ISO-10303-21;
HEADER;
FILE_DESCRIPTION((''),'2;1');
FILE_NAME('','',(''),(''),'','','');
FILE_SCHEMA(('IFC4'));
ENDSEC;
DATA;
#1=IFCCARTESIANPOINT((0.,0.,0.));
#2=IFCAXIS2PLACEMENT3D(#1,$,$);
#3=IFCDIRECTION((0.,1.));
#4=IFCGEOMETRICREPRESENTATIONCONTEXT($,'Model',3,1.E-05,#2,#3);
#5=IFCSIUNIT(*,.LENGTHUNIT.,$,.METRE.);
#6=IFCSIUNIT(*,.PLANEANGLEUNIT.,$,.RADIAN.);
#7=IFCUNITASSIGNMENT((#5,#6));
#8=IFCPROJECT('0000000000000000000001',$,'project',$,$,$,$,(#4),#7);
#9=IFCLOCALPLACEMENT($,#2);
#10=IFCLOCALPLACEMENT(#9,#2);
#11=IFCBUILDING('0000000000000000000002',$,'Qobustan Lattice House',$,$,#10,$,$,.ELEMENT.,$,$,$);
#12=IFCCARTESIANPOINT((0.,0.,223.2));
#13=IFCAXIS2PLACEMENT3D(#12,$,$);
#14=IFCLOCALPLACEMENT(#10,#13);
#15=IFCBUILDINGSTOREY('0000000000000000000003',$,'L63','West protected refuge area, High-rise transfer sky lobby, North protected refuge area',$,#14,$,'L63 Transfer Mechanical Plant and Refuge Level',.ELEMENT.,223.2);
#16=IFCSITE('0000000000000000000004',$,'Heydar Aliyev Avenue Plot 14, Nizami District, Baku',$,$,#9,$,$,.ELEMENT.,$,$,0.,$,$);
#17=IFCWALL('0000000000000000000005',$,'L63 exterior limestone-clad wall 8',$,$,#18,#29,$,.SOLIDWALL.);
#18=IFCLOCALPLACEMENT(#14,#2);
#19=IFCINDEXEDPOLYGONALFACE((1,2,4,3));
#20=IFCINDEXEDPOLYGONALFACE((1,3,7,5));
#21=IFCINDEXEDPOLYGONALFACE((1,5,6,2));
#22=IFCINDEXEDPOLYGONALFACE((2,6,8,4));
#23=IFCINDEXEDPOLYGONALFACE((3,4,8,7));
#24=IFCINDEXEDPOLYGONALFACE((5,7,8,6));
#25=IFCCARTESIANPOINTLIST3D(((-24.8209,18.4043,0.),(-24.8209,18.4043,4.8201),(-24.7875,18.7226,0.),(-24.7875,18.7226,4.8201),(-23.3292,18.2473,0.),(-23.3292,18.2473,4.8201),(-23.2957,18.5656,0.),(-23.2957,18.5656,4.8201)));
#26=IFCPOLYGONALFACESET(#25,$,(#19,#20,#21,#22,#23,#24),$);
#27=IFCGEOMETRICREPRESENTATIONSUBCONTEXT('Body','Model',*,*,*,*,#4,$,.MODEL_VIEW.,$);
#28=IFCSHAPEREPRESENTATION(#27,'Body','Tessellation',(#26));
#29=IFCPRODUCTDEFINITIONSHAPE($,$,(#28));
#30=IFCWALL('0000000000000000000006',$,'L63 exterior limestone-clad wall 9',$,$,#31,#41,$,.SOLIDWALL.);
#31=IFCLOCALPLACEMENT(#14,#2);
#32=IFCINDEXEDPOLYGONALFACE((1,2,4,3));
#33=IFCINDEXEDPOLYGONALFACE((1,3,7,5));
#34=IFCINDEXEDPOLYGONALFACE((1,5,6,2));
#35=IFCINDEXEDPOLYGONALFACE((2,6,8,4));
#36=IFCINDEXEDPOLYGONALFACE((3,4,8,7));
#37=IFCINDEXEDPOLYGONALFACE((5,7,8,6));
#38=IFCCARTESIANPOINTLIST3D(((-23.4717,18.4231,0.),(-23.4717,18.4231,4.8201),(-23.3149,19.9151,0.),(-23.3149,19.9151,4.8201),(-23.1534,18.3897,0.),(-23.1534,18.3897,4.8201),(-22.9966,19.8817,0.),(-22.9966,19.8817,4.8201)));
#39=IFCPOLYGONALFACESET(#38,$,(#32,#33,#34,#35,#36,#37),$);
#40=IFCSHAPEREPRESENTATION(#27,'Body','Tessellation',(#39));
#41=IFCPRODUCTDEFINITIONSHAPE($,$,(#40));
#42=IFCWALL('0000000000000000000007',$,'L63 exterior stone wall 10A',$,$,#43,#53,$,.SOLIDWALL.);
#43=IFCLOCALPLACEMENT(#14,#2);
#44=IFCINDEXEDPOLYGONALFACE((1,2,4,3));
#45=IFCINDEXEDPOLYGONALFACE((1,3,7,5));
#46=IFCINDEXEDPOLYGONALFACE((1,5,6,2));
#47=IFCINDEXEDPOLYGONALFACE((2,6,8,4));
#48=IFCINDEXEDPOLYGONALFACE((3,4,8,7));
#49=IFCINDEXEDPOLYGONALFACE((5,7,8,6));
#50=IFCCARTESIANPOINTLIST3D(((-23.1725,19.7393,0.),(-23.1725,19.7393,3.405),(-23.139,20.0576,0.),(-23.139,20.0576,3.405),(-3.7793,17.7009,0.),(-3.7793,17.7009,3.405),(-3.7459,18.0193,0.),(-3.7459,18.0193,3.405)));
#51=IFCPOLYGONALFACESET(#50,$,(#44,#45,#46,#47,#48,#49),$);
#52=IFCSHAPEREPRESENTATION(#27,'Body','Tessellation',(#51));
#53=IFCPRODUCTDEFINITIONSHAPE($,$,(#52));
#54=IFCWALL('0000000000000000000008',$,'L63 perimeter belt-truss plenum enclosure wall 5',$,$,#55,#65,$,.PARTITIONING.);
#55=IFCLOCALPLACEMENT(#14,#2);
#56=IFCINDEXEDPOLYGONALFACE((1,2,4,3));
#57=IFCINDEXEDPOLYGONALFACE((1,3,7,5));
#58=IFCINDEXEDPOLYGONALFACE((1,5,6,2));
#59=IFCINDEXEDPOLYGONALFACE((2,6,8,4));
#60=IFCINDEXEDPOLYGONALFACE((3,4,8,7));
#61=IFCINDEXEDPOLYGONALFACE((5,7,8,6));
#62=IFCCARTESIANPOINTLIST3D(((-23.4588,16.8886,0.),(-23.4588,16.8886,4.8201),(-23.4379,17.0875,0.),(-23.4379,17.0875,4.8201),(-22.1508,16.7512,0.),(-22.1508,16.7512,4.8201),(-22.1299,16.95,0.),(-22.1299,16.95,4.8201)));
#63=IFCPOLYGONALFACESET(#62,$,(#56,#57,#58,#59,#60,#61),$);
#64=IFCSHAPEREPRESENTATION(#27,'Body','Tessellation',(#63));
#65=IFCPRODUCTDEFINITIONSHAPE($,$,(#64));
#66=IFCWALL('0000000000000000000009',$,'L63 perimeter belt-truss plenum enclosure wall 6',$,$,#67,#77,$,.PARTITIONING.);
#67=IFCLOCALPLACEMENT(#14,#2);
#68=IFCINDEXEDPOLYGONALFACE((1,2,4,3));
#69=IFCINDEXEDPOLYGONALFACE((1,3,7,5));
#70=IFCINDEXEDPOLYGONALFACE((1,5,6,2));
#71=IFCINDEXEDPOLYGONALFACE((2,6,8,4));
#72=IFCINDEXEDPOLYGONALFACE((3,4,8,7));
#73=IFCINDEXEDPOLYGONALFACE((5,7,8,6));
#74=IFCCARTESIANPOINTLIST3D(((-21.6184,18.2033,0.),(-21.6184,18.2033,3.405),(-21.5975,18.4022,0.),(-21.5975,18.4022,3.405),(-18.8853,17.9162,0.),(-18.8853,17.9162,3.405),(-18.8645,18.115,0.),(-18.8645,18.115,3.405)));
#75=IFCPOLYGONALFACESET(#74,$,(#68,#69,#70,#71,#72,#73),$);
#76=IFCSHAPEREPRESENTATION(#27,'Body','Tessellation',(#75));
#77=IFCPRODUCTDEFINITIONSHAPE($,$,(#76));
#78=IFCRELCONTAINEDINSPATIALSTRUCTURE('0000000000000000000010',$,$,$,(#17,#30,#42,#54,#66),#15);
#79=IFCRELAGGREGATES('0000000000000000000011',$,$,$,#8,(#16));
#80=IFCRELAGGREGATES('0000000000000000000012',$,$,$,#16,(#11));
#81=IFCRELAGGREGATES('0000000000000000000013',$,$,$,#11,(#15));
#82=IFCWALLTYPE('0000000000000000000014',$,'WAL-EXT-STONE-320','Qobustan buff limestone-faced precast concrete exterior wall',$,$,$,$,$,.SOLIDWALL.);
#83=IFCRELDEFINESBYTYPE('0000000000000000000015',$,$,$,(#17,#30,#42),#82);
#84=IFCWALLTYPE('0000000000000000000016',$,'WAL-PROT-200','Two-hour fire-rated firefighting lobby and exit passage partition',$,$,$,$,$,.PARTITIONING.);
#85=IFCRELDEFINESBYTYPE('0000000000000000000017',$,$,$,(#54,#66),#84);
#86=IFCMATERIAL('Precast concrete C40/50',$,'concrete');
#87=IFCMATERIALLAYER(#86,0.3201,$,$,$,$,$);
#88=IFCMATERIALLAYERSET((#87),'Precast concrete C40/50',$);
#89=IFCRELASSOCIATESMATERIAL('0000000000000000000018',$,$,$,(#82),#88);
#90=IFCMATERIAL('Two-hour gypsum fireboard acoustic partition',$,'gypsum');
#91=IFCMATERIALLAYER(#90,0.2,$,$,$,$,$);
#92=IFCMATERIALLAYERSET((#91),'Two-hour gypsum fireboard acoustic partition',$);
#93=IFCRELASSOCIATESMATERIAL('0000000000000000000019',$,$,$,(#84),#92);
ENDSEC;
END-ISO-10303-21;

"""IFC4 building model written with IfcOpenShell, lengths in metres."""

from ifc_helpers import new_model, si_unit, direction, frame, frame_2d, origin, place, context, subcontext, project, spatial, rectangle, extrude, material, layer, layer_set, type_object, element, save


model = new_model("IFC4")

# Units and contexts
model_context = context("Model", 3, precision=1e-05, world=origin(), true_north=direction((0.0, 1.0)))
body_context = subcontext(model_context, "Body", "Model", "MODEL_VIEW")
ifc_project = project(units=[si_unit("LENGTHUNIT", "METRE"), si_unit("PLANEANGLEUNIT", "RADIAN")], contexts=[model_context])

# Site, building, storey
site_placement = place(None, origin())
site = spatial("IfcSite", under=ifc_project, at=site_placement, Name="Heydar Aliyev Avenue Plot 14, Nizami District, Baku", CompositionType="ELEMENT", RefElevation=0.0)
building_placement = place(site_placement, origin())
building = spatial("IfcBuilding", under=site, at=building_placement, Name="Qobustan Lattice House", CompositionType="ELEMENT")
storey_placement = place(building_placement, frame((0.0, 0.0, 223.2)))
storey = spatial("IfcBuildingStorey", under=building, at=storey_placement, Name="L63", Description="West protected refuge area, High-rise transfer sky lobby, North protected refuge area", LongName="L63 Transfer Mechanical Plant and Refuge Level", CompositionType="ELEMENT", Elevation=223.2)

# Walls
ifc_material_1 = material(Name="Precast concrete C40/50", Category="concrete")
ifc_layer_1 = layer(ifc_material_1, 0.3201)
ifc_layer_set_1 = layer_set([ifc_layer_1], Name="Precast concrete C40/50")
wall_type_1 = type_object("IfcWallType", Name="WAL-EXT-STONE-320", Description="Qobustan buff limestone-faced precast concrete exterior wall", PredefinedType="SOLIDWALL", material=ifc_layer_set_1)
wall_1_placement = place(storey_placement, frame((-24.8042, 18.5635, 0.0), z_axis=(0.0, 0.0, 1.0), x_axis=(0.994508, -0.104659, 0.0)))
element("IfcWall", 1, at=wall_1_placement, inside=storey, type_object=wall_type_1, Name="L63 exterior limestone-clad wall 8", PredefinedType="SOLIDWALL", context=body_context, shape_type="SweptSolid", body=[
    extrude(rectangle(XDim=1.5, YDim=0.3201, at=frame_2d((0.75, 0.0))), origin(), (0.0, 0.0, 1.0), 4.8201),
])
wall_2_placement = place(storey_placement, frame((-23.3125, 18.4065, 0.0), z_axis=(0.0, 0.0, 1.0), x_axis=(0.104481, 0.994527, 0.0)))
element("IfcWall", 2, at=wall_2_placement, inside=storey, type_object=wall_type_1, Name="L63 exterior limestone-clad wall 9", PredefinedType="SOLIDWALL", context=body_context, shape_type="SweptSolid", body=[
    extrude(rectangle(XDim=1.5002, YDim=0.3201, at=frame_2d((0.75, 0.0))), origin(), (0.0, 0.0, 1.0), 4.8201),
])
wall_3_placement = place(storey_placement, frame((-23.1558, 19.8984, 0.0), z_axis=(0.0, 0.0, 1.0), x_axis=(0.994522, -0.10453, 0.0)))
element("IfcWall", 3, at=wall_3_placement, inside=storey, type_object=wall_type_1, Name="L63 exterior stone wall 10A", PredefinedType="SOLIDWALL", context=body_context, shape_type="SweptSolid", body=[
    extrude(rectangle(XDim=19.5, YDim=0.3201, at=frame_2d((9.75, 0.0))), origin(), (0.0, 0.0, 1.0), 3.405),
])
ifc_material_2 = material(Name="Two-hour gypsum fireboard acoustic partition", Category="gypsum")
ifc_layer_2 = layer(ifc_material_2, 0.2)
ifc_layer_set_2 = layer_set([ifc_layer_2], Name="Two-hour gypsum fireboard acoustic partition")
wall_type_2 = type_object("IfcWallType", Name="WAL-PROT-200", Description="Two-hour fire-rated firefighting lobby and exit passage partition", PredefinedType="PARTITIONING", material=ifc_layer_set_2)
wall_4_placement = place(storey_placement, frame((-23.4485, 16.988, 0.0), z_axis=(0.0, 0.0, 1.0), x_axis=(0.994525, -0.104501, 0.0)))
element("IfcWall", 4, at=wall_4_placement, inside=storey, type_object=wall_type_2, Name="L63 perimeter belt-truss plenum enclosure wall 5", PredefinedType="PARTITIONING", context=body_context, shape_type="SweptSolid", body=[
    extrude(rectangle(XDim=1.3152, YDim=0.2, at=frame_2d((0.6577, 0.0))), origin(), (0.0, 0.0, 1.0), 4.8201),
])
wall_5_placement = place(storey_placement, frame((-21.6079, 18.3027, 0.0), z_axis=(0.0, 0.0, 1.0), x_axis=(0.994527, -0.104481, 0.0)))
element("IfcWall", 5, at=wall_5_placement, inside=storey, type_object=wall_type_2, Name="L63 perimeter belt-truss plenum enclosure wall 6", PredefinedType="PARTITIONING", context=body_context, shape_type="SweptSolid", body=[
    extrude(rectangle(XDim=2.748, YDim=0.2, at=frame_2d((1.374, 0.0))), origin(), (0.0, 0.0, 1.0), 3.405),
])

save(model, "model.ifc")
